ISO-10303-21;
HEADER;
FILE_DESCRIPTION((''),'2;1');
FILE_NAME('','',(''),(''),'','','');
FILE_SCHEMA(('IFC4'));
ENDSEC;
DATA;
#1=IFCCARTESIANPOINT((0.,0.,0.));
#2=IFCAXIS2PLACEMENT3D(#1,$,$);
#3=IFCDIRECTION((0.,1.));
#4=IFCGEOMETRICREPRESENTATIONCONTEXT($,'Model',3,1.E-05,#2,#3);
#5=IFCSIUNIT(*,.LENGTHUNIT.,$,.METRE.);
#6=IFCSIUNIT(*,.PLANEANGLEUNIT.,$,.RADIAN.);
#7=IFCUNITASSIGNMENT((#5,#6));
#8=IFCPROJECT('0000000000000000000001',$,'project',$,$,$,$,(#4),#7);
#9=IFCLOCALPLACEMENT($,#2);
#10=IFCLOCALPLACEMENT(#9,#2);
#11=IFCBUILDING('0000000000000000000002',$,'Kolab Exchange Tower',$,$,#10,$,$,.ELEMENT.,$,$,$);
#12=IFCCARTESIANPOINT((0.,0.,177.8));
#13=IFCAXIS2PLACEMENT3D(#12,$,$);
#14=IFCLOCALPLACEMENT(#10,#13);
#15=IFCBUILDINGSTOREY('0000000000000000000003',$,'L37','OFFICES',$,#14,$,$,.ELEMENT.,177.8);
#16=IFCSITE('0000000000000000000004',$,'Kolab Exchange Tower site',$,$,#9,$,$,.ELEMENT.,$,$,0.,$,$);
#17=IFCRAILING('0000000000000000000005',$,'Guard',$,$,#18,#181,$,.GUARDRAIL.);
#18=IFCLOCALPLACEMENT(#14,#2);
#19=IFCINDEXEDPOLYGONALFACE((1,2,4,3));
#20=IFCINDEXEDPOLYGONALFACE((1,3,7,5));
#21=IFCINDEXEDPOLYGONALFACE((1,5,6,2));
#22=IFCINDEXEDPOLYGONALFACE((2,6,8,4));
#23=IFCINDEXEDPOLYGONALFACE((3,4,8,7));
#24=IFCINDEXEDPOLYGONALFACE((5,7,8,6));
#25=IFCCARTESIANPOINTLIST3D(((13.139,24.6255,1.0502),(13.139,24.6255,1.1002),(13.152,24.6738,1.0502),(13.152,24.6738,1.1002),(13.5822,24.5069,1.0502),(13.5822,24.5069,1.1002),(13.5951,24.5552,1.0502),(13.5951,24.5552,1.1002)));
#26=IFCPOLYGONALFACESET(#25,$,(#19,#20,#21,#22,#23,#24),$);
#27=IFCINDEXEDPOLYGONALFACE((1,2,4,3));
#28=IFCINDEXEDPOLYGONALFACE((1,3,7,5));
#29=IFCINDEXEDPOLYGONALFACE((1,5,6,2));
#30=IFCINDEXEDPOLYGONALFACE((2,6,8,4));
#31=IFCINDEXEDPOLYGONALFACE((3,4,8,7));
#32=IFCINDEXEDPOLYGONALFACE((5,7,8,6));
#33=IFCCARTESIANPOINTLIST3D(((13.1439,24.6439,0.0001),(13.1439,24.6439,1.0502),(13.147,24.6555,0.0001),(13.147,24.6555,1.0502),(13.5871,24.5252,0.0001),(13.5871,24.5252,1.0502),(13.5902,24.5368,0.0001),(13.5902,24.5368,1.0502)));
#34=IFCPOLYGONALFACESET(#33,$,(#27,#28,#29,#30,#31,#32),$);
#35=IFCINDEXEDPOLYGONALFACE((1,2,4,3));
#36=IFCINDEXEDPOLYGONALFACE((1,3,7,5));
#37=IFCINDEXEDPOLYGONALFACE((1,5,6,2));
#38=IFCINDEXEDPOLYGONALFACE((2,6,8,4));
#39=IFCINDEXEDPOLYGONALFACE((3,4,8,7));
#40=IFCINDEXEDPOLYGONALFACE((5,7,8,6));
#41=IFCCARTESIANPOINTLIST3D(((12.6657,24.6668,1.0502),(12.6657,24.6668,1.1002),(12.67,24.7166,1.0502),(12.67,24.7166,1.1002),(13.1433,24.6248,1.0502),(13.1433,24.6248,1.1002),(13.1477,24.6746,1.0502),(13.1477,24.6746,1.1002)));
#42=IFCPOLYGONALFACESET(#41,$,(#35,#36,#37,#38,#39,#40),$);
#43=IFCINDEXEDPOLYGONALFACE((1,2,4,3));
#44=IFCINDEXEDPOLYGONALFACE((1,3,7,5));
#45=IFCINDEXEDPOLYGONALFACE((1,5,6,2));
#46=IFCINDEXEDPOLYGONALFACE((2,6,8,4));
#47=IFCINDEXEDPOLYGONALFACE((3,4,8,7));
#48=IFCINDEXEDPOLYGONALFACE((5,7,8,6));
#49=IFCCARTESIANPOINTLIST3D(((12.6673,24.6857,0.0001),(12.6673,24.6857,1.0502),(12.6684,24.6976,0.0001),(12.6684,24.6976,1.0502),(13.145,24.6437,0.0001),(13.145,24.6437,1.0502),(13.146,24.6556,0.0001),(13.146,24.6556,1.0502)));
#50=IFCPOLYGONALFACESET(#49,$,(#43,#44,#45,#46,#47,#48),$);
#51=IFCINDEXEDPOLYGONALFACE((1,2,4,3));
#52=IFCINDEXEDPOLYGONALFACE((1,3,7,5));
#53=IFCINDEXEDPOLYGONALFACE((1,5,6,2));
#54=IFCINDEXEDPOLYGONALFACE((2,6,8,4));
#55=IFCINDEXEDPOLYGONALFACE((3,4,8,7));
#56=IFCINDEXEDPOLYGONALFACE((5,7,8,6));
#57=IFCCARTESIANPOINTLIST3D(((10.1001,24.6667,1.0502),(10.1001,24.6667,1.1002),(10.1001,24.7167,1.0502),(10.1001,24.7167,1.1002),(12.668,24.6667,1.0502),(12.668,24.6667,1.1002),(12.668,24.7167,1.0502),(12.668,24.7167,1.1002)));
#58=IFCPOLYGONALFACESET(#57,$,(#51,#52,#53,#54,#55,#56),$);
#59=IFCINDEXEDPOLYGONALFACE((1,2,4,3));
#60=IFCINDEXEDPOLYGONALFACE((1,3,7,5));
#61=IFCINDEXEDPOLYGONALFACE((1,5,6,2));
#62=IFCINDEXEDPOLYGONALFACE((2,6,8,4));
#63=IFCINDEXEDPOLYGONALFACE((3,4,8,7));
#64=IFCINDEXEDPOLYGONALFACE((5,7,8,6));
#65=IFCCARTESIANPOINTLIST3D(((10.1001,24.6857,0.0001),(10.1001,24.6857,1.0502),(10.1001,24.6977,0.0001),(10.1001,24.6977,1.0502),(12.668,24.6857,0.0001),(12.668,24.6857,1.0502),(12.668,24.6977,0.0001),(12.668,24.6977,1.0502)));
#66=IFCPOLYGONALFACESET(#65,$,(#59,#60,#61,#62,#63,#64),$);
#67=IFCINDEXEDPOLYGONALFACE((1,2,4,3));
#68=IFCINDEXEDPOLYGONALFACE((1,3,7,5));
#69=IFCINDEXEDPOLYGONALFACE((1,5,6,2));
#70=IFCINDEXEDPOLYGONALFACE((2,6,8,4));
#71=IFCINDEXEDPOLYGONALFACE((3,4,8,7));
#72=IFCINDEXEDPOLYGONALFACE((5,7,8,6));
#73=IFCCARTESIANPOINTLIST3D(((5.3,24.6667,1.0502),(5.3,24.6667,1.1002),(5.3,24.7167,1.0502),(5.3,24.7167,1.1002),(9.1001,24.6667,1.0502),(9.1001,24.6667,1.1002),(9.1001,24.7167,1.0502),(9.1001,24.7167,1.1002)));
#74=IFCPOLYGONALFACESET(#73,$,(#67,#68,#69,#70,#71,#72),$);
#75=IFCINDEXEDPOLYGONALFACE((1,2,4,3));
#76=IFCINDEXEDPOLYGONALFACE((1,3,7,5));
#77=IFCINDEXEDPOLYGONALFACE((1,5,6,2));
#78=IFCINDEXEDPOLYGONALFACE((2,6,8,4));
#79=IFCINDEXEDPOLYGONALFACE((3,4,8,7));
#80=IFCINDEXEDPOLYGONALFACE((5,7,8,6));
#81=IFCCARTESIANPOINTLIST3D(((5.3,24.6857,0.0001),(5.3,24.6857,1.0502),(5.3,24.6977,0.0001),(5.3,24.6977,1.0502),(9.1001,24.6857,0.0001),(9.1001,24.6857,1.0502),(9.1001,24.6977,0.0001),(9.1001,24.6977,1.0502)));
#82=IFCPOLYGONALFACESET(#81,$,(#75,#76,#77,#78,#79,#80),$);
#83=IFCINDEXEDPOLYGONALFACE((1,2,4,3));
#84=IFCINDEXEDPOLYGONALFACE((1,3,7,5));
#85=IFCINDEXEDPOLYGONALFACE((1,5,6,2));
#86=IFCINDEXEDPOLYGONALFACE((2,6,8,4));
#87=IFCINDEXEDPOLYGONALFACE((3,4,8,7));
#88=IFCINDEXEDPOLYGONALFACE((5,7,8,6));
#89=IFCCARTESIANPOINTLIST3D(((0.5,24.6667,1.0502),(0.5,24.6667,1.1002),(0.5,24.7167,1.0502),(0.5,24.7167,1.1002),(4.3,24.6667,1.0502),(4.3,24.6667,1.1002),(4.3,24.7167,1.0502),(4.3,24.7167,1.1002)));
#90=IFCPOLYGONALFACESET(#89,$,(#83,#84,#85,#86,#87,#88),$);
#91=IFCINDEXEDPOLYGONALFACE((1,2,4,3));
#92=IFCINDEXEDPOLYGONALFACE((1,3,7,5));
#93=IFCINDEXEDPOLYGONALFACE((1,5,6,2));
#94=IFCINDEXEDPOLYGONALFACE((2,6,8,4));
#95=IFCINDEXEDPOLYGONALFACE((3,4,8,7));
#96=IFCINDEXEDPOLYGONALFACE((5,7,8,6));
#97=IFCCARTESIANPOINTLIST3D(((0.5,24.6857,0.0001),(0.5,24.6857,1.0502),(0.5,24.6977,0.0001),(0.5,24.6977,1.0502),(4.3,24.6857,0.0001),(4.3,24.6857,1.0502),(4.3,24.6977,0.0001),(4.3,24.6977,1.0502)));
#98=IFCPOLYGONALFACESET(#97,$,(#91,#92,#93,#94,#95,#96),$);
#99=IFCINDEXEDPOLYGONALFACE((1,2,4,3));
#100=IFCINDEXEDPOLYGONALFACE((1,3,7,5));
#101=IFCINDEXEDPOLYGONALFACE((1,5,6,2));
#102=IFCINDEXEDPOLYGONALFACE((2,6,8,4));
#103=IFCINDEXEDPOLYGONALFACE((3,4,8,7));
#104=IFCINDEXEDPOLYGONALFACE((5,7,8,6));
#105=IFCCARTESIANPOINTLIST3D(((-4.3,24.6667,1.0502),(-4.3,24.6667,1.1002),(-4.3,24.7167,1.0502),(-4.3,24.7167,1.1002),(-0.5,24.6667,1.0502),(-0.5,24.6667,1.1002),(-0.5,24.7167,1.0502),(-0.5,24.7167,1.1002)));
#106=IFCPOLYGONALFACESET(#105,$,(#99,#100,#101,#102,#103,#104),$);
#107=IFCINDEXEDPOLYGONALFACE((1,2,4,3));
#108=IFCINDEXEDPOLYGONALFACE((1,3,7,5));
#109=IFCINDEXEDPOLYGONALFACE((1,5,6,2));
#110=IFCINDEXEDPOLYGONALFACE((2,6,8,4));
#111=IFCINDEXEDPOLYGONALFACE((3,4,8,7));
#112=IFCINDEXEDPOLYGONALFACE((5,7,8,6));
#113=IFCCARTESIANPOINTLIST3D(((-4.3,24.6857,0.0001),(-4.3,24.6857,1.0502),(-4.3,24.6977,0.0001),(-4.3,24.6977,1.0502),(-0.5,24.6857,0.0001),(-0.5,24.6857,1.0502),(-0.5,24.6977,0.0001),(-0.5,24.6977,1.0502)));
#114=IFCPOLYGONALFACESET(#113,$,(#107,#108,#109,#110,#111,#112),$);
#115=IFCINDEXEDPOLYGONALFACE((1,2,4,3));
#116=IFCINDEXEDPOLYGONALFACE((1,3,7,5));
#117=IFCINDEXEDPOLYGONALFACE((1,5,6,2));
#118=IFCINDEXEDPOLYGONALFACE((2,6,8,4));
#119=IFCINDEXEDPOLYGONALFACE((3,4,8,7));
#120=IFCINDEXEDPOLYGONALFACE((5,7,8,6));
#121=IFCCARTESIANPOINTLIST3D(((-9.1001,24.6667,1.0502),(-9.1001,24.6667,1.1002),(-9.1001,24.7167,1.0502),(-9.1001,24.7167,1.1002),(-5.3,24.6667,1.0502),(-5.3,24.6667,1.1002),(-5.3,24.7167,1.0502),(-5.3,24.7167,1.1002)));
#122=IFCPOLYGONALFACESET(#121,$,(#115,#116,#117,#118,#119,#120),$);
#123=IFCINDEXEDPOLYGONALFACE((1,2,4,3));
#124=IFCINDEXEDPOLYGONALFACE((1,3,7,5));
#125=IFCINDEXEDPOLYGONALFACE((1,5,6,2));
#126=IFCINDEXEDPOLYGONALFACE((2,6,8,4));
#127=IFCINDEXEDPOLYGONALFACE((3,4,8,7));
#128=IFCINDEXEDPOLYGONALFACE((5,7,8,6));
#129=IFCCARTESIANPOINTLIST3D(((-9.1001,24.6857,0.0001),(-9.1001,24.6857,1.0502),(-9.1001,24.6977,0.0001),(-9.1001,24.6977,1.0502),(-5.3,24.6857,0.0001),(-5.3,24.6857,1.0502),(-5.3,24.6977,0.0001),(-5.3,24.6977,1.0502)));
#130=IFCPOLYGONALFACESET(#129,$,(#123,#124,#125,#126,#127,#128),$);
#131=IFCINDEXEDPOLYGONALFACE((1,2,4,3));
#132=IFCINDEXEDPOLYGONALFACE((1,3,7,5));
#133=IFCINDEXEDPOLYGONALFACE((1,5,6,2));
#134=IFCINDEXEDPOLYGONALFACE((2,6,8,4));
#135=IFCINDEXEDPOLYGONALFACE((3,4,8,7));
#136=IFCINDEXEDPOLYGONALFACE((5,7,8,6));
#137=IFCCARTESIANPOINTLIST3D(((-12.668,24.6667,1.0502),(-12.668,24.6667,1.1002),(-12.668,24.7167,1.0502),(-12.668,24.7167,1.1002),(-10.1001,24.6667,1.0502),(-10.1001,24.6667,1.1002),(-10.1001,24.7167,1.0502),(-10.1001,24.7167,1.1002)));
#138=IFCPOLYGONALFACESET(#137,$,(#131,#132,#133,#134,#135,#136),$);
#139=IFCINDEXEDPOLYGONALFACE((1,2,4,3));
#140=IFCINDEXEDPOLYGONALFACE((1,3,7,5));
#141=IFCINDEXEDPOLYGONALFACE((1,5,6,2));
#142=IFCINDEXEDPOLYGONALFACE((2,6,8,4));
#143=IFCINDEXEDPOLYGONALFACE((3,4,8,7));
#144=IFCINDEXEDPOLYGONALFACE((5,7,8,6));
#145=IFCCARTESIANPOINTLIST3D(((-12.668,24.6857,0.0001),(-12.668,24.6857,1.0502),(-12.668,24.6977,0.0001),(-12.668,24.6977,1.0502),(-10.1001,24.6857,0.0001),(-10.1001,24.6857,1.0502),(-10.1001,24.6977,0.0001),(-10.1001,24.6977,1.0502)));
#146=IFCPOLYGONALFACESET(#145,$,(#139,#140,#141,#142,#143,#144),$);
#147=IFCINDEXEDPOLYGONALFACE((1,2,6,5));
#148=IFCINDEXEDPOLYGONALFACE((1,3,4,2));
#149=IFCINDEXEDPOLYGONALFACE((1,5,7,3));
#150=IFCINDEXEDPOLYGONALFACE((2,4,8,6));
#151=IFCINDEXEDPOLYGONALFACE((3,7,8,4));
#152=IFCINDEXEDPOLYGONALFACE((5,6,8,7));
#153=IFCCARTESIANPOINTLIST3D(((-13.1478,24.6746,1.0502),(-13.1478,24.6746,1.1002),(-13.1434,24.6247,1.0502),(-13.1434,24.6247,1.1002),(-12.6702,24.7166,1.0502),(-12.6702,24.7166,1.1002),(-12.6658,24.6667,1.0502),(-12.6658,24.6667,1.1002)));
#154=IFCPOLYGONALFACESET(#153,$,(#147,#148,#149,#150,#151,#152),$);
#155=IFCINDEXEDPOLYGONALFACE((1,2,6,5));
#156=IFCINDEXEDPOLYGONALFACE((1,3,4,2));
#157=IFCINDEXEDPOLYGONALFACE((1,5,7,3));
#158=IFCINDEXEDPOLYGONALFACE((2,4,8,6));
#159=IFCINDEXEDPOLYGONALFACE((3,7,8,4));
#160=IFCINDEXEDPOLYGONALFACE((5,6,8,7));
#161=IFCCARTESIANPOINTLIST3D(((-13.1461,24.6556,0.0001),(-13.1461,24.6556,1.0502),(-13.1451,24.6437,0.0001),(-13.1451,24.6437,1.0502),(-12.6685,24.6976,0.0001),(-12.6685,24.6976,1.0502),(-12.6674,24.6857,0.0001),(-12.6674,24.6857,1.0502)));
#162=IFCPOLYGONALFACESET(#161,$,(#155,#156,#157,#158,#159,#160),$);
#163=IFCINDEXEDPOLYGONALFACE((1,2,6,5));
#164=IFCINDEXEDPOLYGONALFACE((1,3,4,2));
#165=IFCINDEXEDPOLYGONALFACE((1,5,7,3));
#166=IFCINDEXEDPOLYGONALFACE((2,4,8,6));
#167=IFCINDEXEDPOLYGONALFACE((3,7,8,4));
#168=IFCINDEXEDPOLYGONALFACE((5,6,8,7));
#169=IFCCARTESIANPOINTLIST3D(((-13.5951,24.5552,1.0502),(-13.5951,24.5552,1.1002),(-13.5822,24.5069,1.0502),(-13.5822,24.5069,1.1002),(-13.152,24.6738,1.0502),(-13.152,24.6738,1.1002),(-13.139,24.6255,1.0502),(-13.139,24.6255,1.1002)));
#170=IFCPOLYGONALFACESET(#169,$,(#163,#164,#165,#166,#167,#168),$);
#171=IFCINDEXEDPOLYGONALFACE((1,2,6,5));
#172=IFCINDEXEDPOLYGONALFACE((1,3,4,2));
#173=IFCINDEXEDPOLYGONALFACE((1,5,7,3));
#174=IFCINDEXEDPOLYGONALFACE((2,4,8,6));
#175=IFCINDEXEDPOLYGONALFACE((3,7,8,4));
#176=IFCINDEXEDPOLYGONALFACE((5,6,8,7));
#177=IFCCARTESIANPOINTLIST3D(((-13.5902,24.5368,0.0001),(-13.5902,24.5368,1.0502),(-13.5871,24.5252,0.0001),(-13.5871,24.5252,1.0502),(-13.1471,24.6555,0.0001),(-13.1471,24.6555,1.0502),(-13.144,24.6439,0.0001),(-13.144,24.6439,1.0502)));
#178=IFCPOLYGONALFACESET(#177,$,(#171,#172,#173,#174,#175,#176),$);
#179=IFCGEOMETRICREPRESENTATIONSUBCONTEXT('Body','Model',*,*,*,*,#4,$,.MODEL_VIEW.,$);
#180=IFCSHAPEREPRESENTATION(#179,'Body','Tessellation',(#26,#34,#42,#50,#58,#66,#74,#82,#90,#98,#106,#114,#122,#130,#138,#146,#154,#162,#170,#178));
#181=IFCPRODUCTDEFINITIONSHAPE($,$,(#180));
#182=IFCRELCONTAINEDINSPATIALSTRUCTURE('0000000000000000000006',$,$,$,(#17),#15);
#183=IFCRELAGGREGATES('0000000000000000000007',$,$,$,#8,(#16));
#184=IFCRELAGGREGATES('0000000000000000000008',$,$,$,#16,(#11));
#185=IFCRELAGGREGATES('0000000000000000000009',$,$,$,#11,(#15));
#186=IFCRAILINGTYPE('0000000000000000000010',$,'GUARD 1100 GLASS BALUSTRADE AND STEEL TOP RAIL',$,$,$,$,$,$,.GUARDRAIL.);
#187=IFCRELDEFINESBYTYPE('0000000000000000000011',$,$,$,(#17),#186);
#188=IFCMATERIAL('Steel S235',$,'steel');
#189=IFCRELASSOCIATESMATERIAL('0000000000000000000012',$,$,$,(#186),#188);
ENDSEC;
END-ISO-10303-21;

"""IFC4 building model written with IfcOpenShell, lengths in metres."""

from ifc_helpers import new_model, si_unit, direction, frame, frame_2d, origin, origin_2d, place, context, subcontext, project, spatial, rectangle, extrude, material, type_object, element, save


model = new_model("IFC4")

# Units and contexts
model_context = context("Model", 3, precision=1e-05, world=origin(), true_north=direction((0.0, 1.0)))
body_context = subcontext(model_context, "Body", "Model", "MODEL_VIEW")
ifc_project = project(units=[si_unit("LENGTHUNIT", "METRE"), si_unit("PLANEANGLEUNIT", "RADIAN")], contexts=[model_context])

# Site, building, storey
site_placement = place(None, origin())
site = spatial("IfcSite", under=ifc_project, at=site_placement, Name="Kolab Exchange Tower site", CompositionType="ELEMENT", RefElevation=0.0)
building_placement = place(site_placement, origin())
building = spatial("IfcBuilding", under=site, at=building_placement, Name="Kolab Exchange Tower", CompositionType="ELEMENT")
storey_placement = place(building_placement, frame((0.0, 0.0, 177.8)))
storey = spatial("IfcBuildingStorey", under=building, at=storey_placement, Name="L37", Description="OFFICES", CompositionType="ELEMENT", Elevation=177.8)

# Railing
ifc_material_1 = material(Name="Steel S235", Category="steel")
railing_type = type_object("IfcRailingType", Name="GUARD 1100 GLASS BALUSTRADE AND STEEL TOP RAIL", PredefinedType="GUARDRAIL", material=ifc_material_1)
railing_placement = place(storey_placement, frame((13.5886, 24.531, 0.0)))
element("IfcRailing", 1, at=railing_placement, inside=storey, type_object=railing_type, Name="Guard", PredefinedType="GUARDRAIL", context=body_context, shape_type="SweptSolid", body=[
    extrude(rectangle(XDim=0.05, YDim=0.05, at=origin_2d()), frame((0.0, 0.0, 1.0752), z_axis=(-0.965969, 0.258656, 0.0), x_axis=(-0.258656, -0.965969, 0.0)), (0.0, 0.0, 1.0), 0.4587),
    extrude(rectangle(XDim=0.012, YDim=1.0501, at=frame_2d((0.0, 0.5251))), frame((0.0, 0.0, 0.0), z_axis=(-0.965969, 0.258656, 0.0), x_axis=(-0.258656, -0.965969, 0.0)), (0.0, 0.0, 1.0), 0.4587),
    extrude(rectangle(XDim=0.05, YDim=0.05, at=origin_2d()), frame((-0.4431, 0.1187, 1.0752), z_axis=(-0.996156, 0.087597, 0.0), x_axis=(-0.087597, -0.996156, 0.0)), (0.0, 0.0, 1.0), 0.4795),
    extrude(rectangle(XDim=0.012, YDim=1.0501, at=frame_2d((0.0, 0.5251))), frame((-0.4431, 0.1187, 0.0), z_axis=(-0.996156, 0.087597, 0.0), x_axis=(-0.087597, -0.996156, 0.0)), (0.0, 0.0, 1.0), 0.4795),
    extrude(rectangle(XDim=0.05, YDim=0.05, at=origin_2d()), frame((-0.9207, 0.1606, 1.0752), z_axis=(-1.0, 0.0, 0.0), x_axis=(0.0, -1.0, 0.0)), (0.0, 0.0, 1.0), 2.5679),
    extrude(rectangle(XDim=0.012, YDim=1.0501, at=frame_2d((0.0, 0.5251))), frame((-0.9207, 0.1606, 0.0), z_axis=(-1.0, 0.0, 0.0), x_axis=(0.0, -1.0, 0.0)), (0.0, 0.0, 1.0), 2.5679),
    extrude(rectangle(XDim=0.05, YDim=0.05, at=origin_2d()), frame((-4.4885, 0.1606, 1.0752), z_axis=(-1.0, 0.0, 0.0), x_axis=(0.0, -1.0, 0.0)), (0.0, 0.0, 1.0), 3.8),
    extrude(rectangle(XDim=0.012, YDim=1.0501, at=frame_2d((0.0, 0.5251))), frame((-4.4885, 0.1606, 0.0), z_axis=(-1.0, 0.0, 0.0), x_axis=(0.0, -1.0, 0.0)), (0.0, 0.0, 1.0), 3.8),
    extrude(rectangle(XDim=0.05, YDim=0.05, at=origin_2d()), frame((-9.2886, 0.1606, 1.0752), z_axis=(-1.0, 0.0, 0.0), x_axis=(0.0, -1.0, 0.0)), (0.0, 0.0, 1.0), 3.8),
    extrude(rectangle(XDim=0.012, YDim=1.0501, at=frame_2d((0.0, 0.5251))), frame((-9.2886, 0.1606, 0.0), z_axis=(-1.0, 0.0, 0.0), x_axis=(0.0, -1.0, 0.0)), (0.0, 0.0, 1.0), 3.8),
    extrude(rectangle(XDim=0.05, YDim=0.05, at=origin_2d()), frame((-14.0886, 0.1606, 1.0752), z_axis=(-1.0, 0.0, 0.0), x_axis=(0.0, -1.0, 0.0)), (0.0, 0.0, 1.0), 3.8),
    extrude(rectangle(XDim=0.012, YDim=1.0501, at=frame_2d((0.0, 0.5251))), frame((-14.0886, 0.1606, 0.0), z_axis=(-1.0, 0.0, 0.0), x_axis=(0.0, -1.0, 0.0)), (0.0, 0.0, 1.0), 3.8),
    extrude(rectangle(XDim=0.05, YDim=0.05, at=origin_2d()), frame((-18.8887, 0.1606, 1.0752), z_axis=(-1.0, 0.0, 0.0), x_axis=(0.0, -1.0, 0.0)), (0.0, 0.0, 1.0), 3.8),
    extrude(rectangle(XDim=0.012, YDim=1.0501, at=frame_2d((0.0, 0.5251))), frame((-18.8887, 0.1606, 0.0), z_axis=(-1.0, 0.0, 0.0), x_axis=(0.0, -1.0, 0.0)), (0.0, 0.0, 1.0), 3.8),
    extrude(rectangle(XDim=0.05, YDim=0.05, at=origin_2d()), frame((-23.6887, 0.1606, 1.0752), z_axis=(-1.0, 0.0, 0.0), x_axis=(0.0, -1.0, 0.0)), (0.0, 0.0, 1.0), 2.5679),
    extrude(rectangle(XDim=0.012, YDim=1.0501, at=frame_2d((0.0, 0.5251))), frame((-23.6887, 0.1606, 0.0), z_axis=(-1.0, 0.0, 0.0), x_axis=(0.0, -1.0, 0.0)), (0.0, 0.0, 1.0), 2.5679),
    extrude(rectangle(XDim=0.05, YDim=0.05, at=origin_2d()), frame((-26.2566, 0.1606, 1.0752), z_axis=(-0.996156, -0.087597, 0.0), x_axis=(0.087597, -0.996156, 0.0)), (0.0, 0.0, 1.0), 0.4795),
    extrude(rectangle(XDim=0.012, YDim=1.0501, at=frame_2d((0.0, 0.5251))), frame((-26.2566, 0.1606, 0.0), z_axis=(-0.996156, -0.087597, 0.0), x_axis=(0.087597, -0.996156, 0.0)), (0.0, 0.0, 1.0), 0.4795),
    extrude(rectangle(XDim=0.05, YDim=0.05, at=origin_2d()), frame((-26.7341, 0.1187, 1.0752), z_axis=(-0.965969, -0.258656, 0.0), x_axis=(0.258656, -0.965969, 0.0)), (0.0, 0.0, 1.0), 0.4587),
    extrude(rectangle(XDim=0.012, YDim=1.0501, at=frame_2d((0.0, 0.5251))), frame((-26.7341, 0.1187, 0.0), z_axis=(-0.965969, -0.258656, 0.0), x_axis=(0.258656, -0.965969, 0.0)), (0.0, 0.0, 1.0), 0.4587),
])

save(model, "model.ifc")
